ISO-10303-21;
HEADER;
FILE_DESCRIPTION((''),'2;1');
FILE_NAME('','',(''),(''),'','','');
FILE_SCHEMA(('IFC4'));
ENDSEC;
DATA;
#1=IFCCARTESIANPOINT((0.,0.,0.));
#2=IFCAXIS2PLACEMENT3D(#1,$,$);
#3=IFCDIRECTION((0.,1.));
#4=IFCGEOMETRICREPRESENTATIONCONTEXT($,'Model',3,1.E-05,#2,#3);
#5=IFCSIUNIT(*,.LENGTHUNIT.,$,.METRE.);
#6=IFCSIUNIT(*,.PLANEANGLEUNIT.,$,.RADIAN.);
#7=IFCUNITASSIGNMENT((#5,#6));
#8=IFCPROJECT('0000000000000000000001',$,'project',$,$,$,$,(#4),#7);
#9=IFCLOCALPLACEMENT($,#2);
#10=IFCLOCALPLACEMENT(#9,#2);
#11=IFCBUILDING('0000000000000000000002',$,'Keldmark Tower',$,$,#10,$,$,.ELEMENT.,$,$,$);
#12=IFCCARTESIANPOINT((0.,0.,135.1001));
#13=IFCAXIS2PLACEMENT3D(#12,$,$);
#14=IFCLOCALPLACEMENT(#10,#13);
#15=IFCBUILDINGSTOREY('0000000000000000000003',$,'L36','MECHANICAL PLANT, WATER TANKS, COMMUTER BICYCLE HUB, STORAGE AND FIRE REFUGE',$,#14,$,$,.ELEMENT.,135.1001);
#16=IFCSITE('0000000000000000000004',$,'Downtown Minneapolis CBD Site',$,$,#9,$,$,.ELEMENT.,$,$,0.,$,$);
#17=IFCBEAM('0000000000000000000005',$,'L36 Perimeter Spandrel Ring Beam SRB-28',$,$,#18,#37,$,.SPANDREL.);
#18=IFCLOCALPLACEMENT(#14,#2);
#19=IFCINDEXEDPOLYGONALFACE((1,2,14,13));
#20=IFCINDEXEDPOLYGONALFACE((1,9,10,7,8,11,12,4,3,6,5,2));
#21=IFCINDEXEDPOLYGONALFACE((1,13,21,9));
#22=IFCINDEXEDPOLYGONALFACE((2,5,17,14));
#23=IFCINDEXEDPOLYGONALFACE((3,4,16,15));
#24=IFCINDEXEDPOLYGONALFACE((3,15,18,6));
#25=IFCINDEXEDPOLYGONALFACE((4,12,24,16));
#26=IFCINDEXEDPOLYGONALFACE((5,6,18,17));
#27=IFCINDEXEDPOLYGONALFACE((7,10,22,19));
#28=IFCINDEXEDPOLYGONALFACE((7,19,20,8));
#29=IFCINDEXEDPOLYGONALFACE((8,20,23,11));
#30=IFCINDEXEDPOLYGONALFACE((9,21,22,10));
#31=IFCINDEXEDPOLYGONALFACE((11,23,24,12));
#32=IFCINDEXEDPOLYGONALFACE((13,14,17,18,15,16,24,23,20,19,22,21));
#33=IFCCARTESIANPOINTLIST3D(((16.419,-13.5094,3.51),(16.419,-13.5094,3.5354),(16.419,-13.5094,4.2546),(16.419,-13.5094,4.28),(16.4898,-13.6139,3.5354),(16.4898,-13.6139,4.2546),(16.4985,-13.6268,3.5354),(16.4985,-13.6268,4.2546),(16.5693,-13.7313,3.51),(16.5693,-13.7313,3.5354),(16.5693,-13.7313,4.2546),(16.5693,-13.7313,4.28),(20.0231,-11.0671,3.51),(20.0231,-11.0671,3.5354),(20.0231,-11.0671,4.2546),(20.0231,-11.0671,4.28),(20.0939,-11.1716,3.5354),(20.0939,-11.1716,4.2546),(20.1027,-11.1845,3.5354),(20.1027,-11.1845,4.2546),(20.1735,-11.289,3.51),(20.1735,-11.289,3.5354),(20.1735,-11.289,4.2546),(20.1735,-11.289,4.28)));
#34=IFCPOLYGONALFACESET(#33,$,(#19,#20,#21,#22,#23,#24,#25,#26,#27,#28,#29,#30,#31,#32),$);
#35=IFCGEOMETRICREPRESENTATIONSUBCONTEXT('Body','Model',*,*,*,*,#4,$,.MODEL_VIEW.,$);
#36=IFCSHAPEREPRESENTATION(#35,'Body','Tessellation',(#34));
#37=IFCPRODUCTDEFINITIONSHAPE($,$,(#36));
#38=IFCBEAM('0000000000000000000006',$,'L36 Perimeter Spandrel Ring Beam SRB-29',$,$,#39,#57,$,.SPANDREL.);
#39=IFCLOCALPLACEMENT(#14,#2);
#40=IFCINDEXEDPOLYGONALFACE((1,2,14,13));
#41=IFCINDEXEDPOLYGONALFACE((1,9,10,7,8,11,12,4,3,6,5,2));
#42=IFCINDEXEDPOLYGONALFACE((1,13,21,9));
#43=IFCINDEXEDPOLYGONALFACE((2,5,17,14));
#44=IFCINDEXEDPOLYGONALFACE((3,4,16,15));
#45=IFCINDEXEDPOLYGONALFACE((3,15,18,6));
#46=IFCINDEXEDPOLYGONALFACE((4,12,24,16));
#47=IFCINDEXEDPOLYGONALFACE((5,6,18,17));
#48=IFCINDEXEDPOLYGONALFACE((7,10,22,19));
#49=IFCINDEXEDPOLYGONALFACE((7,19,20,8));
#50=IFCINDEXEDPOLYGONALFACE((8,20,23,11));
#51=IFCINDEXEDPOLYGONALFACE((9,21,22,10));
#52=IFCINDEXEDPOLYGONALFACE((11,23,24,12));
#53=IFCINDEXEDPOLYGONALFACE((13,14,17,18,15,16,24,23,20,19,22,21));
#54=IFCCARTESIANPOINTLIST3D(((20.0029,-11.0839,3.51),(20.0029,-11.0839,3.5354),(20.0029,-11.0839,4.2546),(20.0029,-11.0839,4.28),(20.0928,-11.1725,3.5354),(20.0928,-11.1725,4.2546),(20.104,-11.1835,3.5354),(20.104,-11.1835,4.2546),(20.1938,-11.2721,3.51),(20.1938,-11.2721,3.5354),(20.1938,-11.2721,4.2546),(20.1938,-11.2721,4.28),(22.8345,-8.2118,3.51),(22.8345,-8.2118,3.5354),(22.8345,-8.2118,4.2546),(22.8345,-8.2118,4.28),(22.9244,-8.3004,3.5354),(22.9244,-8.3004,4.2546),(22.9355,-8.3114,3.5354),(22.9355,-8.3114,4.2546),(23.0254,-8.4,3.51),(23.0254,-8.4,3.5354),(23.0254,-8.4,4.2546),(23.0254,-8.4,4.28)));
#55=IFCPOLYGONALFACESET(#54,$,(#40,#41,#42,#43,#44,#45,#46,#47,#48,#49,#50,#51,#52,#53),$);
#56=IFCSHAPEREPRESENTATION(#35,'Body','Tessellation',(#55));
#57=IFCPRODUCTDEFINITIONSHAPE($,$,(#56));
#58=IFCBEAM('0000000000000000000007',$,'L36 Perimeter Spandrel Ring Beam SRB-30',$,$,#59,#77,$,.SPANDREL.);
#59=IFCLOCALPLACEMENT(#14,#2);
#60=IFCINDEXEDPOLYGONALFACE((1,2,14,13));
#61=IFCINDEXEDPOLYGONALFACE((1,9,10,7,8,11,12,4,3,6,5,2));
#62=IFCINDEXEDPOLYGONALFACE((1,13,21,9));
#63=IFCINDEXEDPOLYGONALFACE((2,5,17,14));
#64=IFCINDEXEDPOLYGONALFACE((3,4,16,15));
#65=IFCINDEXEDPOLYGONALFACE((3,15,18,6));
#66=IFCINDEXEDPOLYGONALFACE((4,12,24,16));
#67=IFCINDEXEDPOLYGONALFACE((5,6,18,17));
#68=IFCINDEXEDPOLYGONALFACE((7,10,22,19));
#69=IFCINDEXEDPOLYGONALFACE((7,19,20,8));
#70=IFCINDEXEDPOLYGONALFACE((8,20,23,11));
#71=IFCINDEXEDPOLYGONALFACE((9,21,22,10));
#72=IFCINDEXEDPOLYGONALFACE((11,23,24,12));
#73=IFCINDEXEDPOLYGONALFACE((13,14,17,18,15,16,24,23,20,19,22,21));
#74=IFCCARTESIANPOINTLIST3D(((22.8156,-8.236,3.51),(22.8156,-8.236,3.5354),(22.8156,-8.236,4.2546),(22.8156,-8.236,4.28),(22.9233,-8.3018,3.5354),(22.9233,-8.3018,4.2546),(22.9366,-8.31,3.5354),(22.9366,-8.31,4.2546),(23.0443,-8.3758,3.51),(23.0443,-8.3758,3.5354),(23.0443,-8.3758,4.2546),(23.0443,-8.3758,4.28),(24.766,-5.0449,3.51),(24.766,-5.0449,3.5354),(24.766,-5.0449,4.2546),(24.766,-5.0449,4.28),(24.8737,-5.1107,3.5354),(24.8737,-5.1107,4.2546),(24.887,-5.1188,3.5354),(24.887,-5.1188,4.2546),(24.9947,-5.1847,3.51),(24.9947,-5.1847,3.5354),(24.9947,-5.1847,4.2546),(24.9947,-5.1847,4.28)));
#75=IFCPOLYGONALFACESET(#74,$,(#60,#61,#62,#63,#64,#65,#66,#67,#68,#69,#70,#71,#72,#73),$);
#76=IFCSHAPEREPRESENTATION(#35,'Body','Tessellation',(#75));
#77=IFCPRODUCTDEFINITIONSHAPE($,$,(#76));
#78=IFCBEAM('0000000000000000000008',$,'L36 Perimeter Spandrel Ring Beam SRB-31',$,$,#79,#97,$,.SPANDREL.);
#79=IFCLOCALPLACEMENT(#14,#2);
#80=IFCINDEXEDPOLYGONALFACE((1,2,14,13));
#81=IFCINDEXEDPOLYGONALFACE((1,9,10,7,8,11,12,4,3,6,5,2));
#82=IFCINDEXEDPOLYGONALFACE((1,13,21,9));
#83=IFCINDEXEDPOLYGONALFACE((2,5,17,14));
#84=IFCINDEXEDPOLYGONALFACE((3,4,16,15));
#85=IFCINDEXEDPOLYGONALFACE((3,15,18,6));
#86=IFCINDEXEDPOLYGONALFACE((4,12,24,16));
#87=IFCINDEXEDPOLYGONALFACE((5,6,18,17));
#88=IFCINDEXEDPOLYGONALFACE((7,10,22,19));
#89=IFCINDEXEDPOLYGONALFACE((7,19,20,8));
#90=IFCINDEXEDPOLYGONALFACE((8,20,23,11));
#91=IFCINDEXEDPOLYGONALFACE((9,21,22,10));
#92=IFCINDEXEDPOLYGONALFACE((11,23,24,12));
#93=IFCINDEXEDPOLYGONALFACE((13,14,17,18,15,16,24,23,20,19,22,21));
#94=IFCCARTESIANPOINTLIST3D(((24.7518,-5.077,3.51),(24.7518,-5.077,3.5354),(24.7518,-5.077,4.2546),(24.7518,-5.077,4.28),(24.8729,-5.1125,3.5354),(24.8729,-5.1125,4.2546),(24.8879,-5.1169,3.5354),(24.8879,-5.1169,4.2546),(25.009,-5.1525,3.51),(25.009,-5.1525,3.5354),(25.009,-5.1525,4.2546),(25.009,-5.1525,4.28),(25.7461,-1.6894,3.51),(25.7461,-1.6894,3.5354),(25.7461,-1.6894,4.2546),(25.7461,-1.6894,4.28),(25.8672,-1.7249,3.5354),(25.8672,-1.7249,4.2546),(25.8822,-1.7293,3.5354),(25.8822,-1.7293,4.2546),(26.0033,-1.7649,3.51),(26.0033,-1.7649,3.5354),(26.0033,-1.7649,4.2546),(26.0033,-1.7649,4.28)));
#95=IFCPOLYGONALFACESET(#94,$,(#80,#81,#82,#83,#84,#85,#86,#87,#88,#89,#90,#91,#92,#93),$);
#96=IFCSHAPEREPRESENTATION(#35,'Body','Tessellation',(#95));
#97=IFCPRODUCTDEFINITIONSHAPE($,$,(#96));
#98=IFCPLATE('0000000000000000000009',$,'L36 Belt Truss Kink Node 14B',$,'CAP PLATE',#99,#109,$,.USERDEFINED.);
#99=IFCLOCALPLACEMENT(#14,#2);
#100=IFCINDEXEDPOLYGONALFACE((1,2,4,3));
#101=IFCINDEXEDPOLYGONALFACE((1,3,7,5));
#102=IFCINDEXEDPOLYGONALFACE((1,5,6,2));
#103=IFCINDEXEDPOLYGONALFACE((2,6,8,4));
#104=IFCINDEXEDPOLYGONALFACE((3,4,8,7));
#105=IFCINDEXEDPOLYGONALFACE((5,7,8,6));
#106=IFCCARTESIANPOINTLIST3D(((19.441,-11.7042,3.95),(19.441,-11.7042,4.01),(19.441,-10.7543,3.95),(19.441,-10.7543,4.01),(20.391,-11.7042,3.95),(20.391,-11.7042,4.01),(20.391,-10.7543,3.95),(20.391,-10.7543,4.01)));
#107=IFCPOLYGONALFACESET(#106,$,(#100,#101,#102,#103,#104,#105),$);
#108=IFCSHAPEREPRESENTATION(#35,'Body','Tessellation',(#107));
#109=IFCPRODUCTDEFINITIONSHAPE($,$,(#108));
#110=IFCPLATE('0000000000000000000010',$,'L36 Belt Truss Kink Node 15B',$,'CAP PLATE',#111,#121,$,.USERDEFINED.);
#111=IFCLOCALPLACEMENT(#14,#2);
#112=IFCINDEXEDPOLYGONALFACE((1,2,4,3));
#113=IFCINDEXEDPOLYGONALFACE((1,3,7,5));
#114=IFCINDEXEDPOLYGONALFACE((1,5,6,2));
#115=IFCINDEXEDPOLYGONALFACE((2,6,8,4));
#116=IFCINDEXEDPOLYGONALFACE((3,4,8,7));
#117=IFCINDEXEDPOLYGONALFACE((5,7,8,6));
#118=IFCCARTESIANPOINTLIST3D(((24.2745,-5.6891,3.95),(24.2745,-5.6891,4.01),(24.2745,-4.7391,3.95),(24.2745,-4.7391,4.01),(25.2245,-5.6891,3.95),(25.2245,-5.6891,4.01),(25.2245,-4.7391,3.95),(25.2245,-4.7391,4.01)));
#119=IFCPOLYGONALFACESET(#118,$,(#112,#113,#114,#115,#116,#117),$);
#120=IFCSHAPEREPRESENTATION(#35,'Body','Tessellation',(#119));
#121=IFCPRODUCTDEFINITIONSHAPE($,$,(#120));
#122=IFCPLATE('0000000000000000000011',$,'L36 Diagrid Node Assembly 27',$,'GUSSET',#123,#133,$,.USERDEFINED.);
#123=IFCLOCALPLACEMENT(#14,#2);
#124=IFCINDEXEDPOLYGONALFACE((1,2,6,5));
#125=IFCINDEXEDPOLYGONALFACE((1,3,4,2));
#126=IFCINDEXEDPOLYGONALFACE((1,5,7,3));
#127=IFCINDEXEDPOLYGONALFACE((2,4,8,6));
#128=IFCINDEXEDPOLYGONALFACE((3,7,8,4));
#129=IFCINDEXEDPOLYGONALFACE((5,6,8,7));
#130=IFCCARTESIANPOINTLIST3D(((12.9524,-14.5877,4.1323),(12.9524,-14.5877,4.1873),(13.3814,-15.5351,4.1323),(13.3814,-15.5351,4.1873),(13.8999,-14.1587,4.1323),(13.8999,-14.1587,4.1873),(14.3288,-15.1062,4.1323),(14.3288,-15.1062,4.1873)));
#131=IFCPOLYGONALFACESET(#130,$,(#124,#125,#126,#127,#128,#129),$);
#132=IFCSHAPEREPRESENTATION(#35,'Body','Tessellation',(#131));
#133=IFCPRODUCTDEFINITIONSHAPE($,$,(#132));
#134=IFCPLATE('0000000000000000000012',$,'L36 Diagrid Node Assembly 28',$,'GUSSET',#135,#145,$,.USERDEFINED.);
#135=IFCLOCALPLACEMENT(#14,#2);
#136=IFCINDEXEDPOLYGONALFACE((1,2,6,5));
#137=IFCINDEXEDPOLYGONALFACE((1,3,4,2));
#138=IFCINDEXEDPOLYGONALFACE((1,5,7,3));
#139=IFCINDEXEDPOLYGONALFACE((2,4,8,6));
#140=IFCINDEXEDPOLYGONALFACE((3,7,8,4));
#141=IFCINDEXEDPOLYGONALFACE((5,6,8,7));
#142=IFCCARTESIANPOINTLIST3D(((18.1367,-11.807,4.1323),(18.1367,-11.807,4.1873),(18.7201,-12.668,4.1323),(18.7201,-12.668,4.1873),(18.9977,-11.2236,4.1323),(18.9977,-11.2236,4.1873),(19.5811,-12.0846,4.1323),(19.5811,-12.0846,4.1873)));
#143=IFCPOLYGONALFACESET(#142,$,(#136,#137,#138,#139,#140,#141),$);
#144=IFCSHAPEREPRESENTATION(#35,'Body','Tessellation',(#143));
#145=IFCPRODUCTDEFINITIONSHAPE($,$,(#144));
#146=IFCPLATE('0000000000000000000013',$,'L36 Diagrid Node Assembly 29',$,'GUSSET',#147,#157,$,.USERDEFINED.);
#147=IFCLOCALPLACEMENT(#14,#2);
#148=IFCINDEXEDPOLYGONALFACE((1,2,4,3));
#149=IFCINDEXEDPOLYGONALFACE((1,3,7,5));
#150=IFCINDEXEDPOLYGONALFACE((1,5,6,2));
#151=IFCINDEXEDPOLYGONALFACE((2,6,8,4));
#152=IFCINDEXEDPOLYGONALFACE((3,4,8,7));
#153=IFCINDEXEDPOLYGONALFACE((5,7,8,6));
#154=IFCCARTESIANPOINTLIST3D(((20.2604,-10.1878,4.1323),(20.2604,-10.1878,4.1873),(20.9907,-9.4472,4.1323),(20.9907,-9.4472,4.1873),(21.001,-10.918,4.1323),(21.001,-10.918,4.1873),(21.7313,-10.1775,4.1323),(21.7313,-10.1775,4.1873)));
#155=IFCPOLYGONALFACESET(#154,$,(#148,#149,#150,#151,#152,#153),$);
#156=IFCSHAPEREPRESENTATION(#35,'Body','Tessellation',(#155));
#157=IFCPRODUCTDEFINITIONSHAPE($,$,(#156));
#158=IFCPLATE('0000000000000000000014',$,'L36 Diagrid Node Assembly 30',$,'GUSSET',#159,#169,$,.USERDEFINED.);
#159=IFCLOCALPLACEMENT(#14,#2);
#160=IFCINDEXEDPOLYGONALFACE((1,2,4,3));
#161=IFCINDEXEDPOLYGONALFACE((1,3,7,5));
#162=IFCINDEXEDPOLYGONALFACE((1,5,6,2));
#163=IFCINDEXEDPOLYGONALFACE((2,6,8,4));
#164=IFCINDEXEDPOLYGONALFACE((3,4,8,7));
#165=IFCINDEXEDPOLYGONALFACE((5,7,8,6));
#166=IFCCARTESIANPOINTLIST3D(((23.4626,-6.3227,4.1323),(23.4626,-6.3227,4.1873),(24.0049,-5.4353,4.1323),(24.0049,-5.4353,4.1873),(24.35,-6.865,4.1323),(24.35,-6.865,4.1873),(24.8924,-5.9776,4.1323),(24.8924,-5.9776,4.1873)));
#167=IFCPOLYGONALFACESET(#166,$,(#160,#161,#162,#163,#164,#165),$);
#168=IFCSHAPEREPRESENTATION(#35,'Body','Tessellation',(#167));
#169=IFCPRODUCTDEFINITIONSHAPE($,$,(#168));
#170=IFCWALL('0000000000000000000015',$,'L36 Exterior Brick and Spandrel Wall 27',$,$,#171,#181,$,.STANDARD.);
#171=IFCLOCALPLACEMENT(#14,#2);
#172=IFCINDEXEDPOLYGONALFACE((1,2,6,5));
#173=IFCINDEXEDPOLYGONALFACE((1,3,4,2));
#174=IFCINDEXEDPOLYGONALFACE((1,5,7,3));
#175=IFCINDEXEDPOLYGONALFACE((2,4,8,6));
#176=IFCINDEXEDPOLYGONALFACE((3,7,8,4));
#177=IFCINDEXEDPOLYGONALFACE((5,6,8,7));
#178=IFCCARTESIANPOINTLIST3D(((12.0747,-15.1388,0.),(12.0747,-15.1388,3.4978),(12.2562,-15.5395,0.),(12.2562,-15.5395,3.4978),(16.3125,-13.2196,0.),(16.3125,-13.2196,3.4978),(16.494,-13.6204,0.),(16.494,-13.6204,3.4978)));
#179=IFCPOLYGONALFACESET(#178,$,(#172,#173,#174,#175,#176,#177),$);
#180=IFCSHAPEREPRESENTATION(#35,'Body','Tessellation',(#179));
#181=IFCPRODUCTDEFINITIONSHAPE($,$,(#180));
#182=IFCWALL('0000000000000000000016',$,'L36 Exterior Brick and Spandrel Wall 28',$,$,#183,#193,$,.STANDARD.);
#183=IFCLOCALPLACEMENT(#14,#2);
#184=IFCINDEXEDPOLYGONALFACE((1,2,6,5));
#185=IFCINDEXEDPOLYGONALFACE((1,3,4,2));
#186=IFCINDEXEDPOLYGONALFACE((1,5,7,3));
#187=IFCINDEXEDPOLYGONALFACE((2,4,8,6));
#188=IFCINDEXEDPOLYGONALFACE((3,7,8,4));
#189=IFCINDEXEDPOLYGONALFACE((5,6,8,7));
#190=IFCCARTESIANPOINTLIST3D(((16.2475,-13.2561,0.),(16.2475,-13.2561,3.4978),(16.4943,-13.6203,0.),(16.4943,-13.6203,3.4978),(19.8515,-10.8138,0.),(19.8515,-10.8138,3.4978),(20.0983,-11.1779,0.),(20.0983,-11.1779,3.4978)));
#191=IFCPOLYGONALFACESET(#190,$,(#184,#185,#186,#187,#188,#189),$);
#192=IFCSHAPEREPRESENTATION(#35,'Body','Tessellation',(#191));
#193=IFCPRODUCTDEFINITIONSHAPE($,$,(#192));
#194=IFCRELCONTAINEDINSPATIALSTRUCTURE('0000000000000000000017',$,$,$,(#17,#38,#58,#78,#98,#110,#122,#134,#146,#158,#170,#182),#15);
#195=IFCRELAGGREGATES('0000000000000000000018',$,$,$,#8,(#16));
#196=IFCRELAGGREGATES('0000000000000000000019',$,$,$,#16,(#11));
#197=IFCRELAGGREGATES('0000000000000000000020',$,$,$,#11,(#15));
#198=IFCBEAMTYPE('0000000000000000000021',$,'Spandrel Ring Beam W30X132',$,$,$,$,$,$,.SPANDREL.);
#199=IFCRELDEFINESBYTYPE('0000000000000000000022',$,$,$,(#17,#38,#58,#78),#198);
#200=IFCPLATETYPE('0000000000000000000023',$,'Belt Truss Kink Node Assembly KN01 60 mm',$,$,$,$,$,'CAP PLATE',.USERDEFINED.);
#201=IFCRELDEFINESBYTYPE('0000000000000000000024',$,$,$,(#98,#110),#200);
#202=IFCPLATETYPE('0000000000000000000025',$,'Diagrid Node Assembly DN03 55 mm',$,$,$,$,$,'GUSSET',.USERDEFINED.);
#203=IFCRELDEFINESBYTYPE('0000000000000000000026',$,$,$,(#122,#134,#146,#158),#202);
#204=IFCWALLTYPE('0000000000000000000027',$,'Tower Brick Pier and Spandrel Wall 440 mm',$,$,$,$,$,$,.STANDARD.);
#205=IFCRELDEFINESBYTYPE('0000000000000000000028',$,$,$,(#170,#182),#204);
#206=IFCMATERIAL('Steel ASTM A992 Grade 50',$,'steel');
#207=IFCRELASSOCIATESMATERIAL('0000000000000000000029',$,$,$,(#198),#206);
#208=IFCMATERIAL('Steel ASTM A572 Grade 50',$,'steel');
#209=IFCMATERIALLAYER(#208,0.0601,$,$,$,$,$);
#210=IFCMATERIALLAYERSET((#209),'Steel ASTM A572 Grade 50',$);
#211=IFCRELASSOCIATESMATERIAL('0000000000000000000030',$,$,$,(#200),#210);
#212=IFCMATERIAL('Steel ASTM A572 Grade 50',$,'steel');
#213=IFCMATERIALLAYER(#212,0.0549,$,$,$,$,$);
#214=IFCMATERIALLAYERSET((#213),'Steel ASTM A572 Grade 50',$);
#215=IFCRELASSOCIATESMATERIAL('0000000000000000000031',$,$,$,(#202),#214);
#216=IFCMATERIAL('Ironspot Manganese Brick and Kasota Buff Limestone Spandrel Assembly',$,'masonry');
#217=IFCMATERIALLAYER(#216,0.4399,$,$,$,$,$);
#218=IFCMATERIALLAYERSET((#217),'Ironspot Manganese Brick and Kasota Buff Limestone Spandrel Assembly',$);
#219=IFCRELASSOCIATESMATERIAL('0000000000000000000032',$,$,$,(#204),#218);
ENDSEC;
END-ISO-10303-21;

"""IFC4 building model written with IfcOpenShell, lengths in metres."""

from ifc_helpers import new_model, si_unit, direction, frame, frame_2d, origin, origin_2d, place, context, subcontext, project, spatial, rectangle, i_section, extrude, material, layer, layer_set, material_profile, profile_set, type_object, element, save


model = new_model("IFC4")

# Units and contexts
model_context = context("Model", 3, precision=1e-05, world=origin(), true_north=direction((0.0, 1.0)))
body_context = subcontext(model_context, "Body", "Model", "MODEL_VIEW")
ifc_project = project(units=[si_unit("LENGTHUNIT", "METRE"), si_unit("PLANEANGLEUNIT", "RADIAN")], contexts=[model_context])

# Site, building, storey
site_placement = place(None, origin())
site = spatial("IfcSite", under=ifc_project, at=site_placement, Name="Downtown Minneapolis CBD Site", CompositionType="ELEMENT", RefElevation=0.0)
building_placement = place(site_placement, origin())
building = spatial("IfcBuilding", under=site, at=building_placement, Name="Keldmark Tower", CompositionType="ELEMENT")
storey_placement = place(building_placement, frame((0.0, 0.0, 135.1001)))
storey = spatial("IfcBuildingStorey", under=building, at=storey_placement, Name="L36", Description="MECHANICAL PLANT, WATER TANKS, COMMUTER BICYCLE HUB, STORAGE AND FIRE REFUGE", CompositionType="ELEMENT", Elevation=135.1001)

# Beams
ifc_material_1 = material(Name="Steel ASTM A992 Grade 50", Category="steel")
ifc_material_profile_1 = material_profile(ifc_material_1, i_section(OverallWidth=0.2681, OverallDepth=0.77, WebThickness=0.0156, FlangeThickness=0.0254, at=origin_2d()), Name="W30X132")
ifc_profile_set_1 = profile_set([ifc_material_profile_1], Name="Steel ASTM A992 Grade 50")
beam_type_1 = type_object("IfcBeamType", Name="Spandrel Ring Beam W30X132", PredefinedType="SPANDREL", material=ifc_profile_set_1)
beam_1_placement = place(storey_placement, frame((16.4941, -13.6204, 3.895), z_axis=(0.827834, 0.560973, 0.0), x_axis=(-0.560973, 0.827834, 0.0)))
element("IfcBeam", 1, at=beam_1_placement, inside=storey, type_object=beam_type_1, Name="L36 Perimeter Spandrel Ring Beam SRB-28", PredefinedType="SPANDREL", context=body_context, shape_type="SweptSolid", body=[
    extrude(i_section(OverallWidth=0.2681, OverallDepth=0.77, WebThickness=0.0156, FlangeThickness=0.0254, at=origin_2d()), origin(), (0.0, 0.0, 1.0), 4.3538),
])
beam_2_placement = place(storey_placement, frame((20.0984, -11.178, 3.895), z_axis=(0.702065, 0.712113, 0.0), x_axis=(-0.712113, 0.702065, 0.0)))
element("IfcBeam", 2, at=beam_2_placement, inside=storey, type_object=beam_type_1, Name="L36 Perimeter Spandrel Ring Beam SRB-29", PredefinedType="SPANDREL", context=body_context, shape_type="SweptSolid", body=[
    extrude(i_section(OverallWidth=0.2681, OverallDepth=0.77, WebThickness=0.0156, FlangeThickness=0.0254, at=origin_2d()), origin(), (0.0, 0.0, 1.0), 4.0332),
])
beam_3_placement = place(storey_placement, frame((22.9299, -8.3059, 3.895), z_axis=(0.521505, 0.853248, 0.0), x_axis=(-0.853248, 0.521505, 0.0)))
element("IfcBeam", 3, at=beam_3_placement, inside=storey, type_object=beam_type_1, Name="L36 Perimeter Spandrel Ring Beam SRB-30", PredefinedType="SPANDREL", context=body_context, shape_type="SweptSolid", body=[
    extrude(i_section(OverallWidth=0.2681, OverallDepth=0.77, WebThickness=0.0156, FlangeThickness=0.0254, at=origin_2d()), origin(), (0.0, 0.0, 1.0), 3.74),
])
beam_4_placement = place(storey_placement, frame((24.8804, -5.1147, 3.895), z_axis=(0.281646, 0.959518, 0.0), x_axis=(-0.959518, 0.281646, 0.0)))
element("IfcBeam", 4, at=beam_4_placement, inside=storey, type_object=beam_type_1, Name="L36 Perimeter Spandrel Ring Beam SRB-31", PredefinedType="SPANDREL", context=body_context, shape_type="SweptSolid", body=[
    extrude(i_section(OverallWidth=0.2681, OverallDepth=0.77, WebThickness=0.0156, FlangeThickness=0.0254, at=origin_2d()), origin(), (0.0, 0.0, 1.0), 3.5305),
])

# Plates
ifc_material_2 = material(Name="Steel ASTM A572 Grade 50", Category="steel")
ifc_layer_1 = layer(ifc_material_2, 0.0601)
ifc_layer_set_1 = layer_set([ifc_layer_1], Name="Steel ASTM A572 Grade 50")
plate_type_1 = type_object("IfcPlateType", Name="Belt Truss Kink Node Assembly KN01 60 mm", ElementType="CAP PLATE", PredefinedType="USERDEFINED", material=ifc_layer_set_1)
for number, where, z_axis, x_axis, name in (
    (5, (19.916, -11.2292, 3.95), (0.0, 0.0, 1.0), (1.0, 0.0, 0.0), "L36 Belt Truss Kink Node 14B"),
    (6, (24.7495, -5.2141, 3.95), (0.0, 0.0, 1.0), (1.0, 0.0, 0.0), "L36 Belt Truss Kink Node 15B"),
):
    element("IfcPlate", number, at=place(storey_placement, frame(where, z_axis=z_axis, x_axis=x_axis)), inside=storey, type_object=plate_type_1, Name=name, ObjectType="CAP PLATE", PredefinedType="USERDEFINED", context=body_context, shape_type="SweptSolid", body=[
        extrude(rectangle(XDim=0.95, YDim=0.95, at=origin_2d()), origin(), (0.0, 0.0, 1.0), 0.0601),
    ])
ifc_material_3 = material(Name="Steel ASTM A572 Grade 50", Category="steel")
ifc_layer_2 = layer(ifc_material_3, 0.0549)
ifc_layer_set_2 = layer_set([ifc_layer_2], Name="Steel ASTM A572 Grade 50")
plate_type_2 = type_object("IfcPlateType", Name="Diagrid Node Assembly DN03 55 mm", ElementType="GUSSET", PredefinedType="USERDEFINED", material=ifc_layer_set_2)
for number, where, z_axis, x_axis, name in (
    (7, (13.6406, -14.8469, 4.1323), (0.0, 0.0, 1.0), (0.910972, 0.412469, 0.0), "L36 Diagrid Node Assembly 27"),
    (8, (18.8589, -11.9458, 4.1323), (0.0, 0.0, 1.0), (0.827865, 0.560928, 0.0), "L36 Diagrid Node Assembly 28"),
    (9, (20.9958, -10.1826, 4.1323), (0.0, 0.0, 1.0), (0.702153, 0.712026, 0.0), "L36 Diagrid Node Assembly 29"),
    (10, (24.1775, -6.1501, 4.1323), (0.0, 0.0, 1.0), (0.521456, 0.853278, 0.0), "L36 Diagrid Node Assembly 30"),
):
    element("IfcPlate", number, at=place(storey_placement, frame(where, z_axis=z_axis, x_axis=x_axis)), inside=storey, type_object=plate_type_2, Name=name, ObjectType="GUSSET", PredefinedType="USERDEFINED", context=body_context, shape_type="SweptSolid", body=[
        extrude(rectangle(XDim=1.04, YDim=1.04, at=origin_2d()), origin(), (0.0, 0.0, 1.0), 0.0549),
    ])

# Walls
ifc_material_4 = material(Name="Ironspot Manganese Brick and Kasota Buff Limestone Spandrel Assembly", Category="masonry")
ifc_layer_3 = layer(ifc_material_4, 0.4399)
ifc_layer_set_3 = layer_set([ifc_layer_3], Name="Ironspot Manganese Brick and Kasota Buff Limestone Spandrel Assembly")
wall_type_1 = type_object("IfcWallType", Name="Tower Brick Pier and Spandrel Wall 440 mm", PredefinedType="STANDARD", material=ifc_layer_set_3)
wall_1_placement = place(storey_placement, frame((16.4033, -13.4199, 0.0), z_axis=(0.0, 0.0, 1.0), x_axis=(-0.910939, -0.412541, 0.0)))
element("IfcWall", 11, at=wall_1_placement, inside=storey, type_object=wall_type_1, Name="L36 Exterior Brick and Spandrel Wall 27", PredefinedType="STANDARD", context=body_context, shape_type="SweptSolid", body=[
    extrude(rectangle(XDim=4.6521, YDim=0.4399, at=frame_2d((2.3262, 0.0))), origin(), (0.0, 0.0, 1.0), 3.4978),
])
wall_2_placement = place(storey_placement, frame((19.9749, -10.9958, 0.0), z_axis=(0.0, 0.0, 1.0), x_axis=(-0.827816, -0.560999, 0.0)))
element("IfcWall", 12, at=wall_2_placement, inside=storey, type_object=wall_type_1, Name="L36 Exterior Brick and Spandrel Wall 28", PredefinedType="STANDARD", context=body_context, shape_type="SweptSolid", body=[
    extrude(rectangle(XDim=4.3535, YDim=0.4399, at=frame_2d((2.1768, 0.0))), origin(), (0.0, 0.0, 1.0), 3.4978),
])

save(model, "model.ifc")
